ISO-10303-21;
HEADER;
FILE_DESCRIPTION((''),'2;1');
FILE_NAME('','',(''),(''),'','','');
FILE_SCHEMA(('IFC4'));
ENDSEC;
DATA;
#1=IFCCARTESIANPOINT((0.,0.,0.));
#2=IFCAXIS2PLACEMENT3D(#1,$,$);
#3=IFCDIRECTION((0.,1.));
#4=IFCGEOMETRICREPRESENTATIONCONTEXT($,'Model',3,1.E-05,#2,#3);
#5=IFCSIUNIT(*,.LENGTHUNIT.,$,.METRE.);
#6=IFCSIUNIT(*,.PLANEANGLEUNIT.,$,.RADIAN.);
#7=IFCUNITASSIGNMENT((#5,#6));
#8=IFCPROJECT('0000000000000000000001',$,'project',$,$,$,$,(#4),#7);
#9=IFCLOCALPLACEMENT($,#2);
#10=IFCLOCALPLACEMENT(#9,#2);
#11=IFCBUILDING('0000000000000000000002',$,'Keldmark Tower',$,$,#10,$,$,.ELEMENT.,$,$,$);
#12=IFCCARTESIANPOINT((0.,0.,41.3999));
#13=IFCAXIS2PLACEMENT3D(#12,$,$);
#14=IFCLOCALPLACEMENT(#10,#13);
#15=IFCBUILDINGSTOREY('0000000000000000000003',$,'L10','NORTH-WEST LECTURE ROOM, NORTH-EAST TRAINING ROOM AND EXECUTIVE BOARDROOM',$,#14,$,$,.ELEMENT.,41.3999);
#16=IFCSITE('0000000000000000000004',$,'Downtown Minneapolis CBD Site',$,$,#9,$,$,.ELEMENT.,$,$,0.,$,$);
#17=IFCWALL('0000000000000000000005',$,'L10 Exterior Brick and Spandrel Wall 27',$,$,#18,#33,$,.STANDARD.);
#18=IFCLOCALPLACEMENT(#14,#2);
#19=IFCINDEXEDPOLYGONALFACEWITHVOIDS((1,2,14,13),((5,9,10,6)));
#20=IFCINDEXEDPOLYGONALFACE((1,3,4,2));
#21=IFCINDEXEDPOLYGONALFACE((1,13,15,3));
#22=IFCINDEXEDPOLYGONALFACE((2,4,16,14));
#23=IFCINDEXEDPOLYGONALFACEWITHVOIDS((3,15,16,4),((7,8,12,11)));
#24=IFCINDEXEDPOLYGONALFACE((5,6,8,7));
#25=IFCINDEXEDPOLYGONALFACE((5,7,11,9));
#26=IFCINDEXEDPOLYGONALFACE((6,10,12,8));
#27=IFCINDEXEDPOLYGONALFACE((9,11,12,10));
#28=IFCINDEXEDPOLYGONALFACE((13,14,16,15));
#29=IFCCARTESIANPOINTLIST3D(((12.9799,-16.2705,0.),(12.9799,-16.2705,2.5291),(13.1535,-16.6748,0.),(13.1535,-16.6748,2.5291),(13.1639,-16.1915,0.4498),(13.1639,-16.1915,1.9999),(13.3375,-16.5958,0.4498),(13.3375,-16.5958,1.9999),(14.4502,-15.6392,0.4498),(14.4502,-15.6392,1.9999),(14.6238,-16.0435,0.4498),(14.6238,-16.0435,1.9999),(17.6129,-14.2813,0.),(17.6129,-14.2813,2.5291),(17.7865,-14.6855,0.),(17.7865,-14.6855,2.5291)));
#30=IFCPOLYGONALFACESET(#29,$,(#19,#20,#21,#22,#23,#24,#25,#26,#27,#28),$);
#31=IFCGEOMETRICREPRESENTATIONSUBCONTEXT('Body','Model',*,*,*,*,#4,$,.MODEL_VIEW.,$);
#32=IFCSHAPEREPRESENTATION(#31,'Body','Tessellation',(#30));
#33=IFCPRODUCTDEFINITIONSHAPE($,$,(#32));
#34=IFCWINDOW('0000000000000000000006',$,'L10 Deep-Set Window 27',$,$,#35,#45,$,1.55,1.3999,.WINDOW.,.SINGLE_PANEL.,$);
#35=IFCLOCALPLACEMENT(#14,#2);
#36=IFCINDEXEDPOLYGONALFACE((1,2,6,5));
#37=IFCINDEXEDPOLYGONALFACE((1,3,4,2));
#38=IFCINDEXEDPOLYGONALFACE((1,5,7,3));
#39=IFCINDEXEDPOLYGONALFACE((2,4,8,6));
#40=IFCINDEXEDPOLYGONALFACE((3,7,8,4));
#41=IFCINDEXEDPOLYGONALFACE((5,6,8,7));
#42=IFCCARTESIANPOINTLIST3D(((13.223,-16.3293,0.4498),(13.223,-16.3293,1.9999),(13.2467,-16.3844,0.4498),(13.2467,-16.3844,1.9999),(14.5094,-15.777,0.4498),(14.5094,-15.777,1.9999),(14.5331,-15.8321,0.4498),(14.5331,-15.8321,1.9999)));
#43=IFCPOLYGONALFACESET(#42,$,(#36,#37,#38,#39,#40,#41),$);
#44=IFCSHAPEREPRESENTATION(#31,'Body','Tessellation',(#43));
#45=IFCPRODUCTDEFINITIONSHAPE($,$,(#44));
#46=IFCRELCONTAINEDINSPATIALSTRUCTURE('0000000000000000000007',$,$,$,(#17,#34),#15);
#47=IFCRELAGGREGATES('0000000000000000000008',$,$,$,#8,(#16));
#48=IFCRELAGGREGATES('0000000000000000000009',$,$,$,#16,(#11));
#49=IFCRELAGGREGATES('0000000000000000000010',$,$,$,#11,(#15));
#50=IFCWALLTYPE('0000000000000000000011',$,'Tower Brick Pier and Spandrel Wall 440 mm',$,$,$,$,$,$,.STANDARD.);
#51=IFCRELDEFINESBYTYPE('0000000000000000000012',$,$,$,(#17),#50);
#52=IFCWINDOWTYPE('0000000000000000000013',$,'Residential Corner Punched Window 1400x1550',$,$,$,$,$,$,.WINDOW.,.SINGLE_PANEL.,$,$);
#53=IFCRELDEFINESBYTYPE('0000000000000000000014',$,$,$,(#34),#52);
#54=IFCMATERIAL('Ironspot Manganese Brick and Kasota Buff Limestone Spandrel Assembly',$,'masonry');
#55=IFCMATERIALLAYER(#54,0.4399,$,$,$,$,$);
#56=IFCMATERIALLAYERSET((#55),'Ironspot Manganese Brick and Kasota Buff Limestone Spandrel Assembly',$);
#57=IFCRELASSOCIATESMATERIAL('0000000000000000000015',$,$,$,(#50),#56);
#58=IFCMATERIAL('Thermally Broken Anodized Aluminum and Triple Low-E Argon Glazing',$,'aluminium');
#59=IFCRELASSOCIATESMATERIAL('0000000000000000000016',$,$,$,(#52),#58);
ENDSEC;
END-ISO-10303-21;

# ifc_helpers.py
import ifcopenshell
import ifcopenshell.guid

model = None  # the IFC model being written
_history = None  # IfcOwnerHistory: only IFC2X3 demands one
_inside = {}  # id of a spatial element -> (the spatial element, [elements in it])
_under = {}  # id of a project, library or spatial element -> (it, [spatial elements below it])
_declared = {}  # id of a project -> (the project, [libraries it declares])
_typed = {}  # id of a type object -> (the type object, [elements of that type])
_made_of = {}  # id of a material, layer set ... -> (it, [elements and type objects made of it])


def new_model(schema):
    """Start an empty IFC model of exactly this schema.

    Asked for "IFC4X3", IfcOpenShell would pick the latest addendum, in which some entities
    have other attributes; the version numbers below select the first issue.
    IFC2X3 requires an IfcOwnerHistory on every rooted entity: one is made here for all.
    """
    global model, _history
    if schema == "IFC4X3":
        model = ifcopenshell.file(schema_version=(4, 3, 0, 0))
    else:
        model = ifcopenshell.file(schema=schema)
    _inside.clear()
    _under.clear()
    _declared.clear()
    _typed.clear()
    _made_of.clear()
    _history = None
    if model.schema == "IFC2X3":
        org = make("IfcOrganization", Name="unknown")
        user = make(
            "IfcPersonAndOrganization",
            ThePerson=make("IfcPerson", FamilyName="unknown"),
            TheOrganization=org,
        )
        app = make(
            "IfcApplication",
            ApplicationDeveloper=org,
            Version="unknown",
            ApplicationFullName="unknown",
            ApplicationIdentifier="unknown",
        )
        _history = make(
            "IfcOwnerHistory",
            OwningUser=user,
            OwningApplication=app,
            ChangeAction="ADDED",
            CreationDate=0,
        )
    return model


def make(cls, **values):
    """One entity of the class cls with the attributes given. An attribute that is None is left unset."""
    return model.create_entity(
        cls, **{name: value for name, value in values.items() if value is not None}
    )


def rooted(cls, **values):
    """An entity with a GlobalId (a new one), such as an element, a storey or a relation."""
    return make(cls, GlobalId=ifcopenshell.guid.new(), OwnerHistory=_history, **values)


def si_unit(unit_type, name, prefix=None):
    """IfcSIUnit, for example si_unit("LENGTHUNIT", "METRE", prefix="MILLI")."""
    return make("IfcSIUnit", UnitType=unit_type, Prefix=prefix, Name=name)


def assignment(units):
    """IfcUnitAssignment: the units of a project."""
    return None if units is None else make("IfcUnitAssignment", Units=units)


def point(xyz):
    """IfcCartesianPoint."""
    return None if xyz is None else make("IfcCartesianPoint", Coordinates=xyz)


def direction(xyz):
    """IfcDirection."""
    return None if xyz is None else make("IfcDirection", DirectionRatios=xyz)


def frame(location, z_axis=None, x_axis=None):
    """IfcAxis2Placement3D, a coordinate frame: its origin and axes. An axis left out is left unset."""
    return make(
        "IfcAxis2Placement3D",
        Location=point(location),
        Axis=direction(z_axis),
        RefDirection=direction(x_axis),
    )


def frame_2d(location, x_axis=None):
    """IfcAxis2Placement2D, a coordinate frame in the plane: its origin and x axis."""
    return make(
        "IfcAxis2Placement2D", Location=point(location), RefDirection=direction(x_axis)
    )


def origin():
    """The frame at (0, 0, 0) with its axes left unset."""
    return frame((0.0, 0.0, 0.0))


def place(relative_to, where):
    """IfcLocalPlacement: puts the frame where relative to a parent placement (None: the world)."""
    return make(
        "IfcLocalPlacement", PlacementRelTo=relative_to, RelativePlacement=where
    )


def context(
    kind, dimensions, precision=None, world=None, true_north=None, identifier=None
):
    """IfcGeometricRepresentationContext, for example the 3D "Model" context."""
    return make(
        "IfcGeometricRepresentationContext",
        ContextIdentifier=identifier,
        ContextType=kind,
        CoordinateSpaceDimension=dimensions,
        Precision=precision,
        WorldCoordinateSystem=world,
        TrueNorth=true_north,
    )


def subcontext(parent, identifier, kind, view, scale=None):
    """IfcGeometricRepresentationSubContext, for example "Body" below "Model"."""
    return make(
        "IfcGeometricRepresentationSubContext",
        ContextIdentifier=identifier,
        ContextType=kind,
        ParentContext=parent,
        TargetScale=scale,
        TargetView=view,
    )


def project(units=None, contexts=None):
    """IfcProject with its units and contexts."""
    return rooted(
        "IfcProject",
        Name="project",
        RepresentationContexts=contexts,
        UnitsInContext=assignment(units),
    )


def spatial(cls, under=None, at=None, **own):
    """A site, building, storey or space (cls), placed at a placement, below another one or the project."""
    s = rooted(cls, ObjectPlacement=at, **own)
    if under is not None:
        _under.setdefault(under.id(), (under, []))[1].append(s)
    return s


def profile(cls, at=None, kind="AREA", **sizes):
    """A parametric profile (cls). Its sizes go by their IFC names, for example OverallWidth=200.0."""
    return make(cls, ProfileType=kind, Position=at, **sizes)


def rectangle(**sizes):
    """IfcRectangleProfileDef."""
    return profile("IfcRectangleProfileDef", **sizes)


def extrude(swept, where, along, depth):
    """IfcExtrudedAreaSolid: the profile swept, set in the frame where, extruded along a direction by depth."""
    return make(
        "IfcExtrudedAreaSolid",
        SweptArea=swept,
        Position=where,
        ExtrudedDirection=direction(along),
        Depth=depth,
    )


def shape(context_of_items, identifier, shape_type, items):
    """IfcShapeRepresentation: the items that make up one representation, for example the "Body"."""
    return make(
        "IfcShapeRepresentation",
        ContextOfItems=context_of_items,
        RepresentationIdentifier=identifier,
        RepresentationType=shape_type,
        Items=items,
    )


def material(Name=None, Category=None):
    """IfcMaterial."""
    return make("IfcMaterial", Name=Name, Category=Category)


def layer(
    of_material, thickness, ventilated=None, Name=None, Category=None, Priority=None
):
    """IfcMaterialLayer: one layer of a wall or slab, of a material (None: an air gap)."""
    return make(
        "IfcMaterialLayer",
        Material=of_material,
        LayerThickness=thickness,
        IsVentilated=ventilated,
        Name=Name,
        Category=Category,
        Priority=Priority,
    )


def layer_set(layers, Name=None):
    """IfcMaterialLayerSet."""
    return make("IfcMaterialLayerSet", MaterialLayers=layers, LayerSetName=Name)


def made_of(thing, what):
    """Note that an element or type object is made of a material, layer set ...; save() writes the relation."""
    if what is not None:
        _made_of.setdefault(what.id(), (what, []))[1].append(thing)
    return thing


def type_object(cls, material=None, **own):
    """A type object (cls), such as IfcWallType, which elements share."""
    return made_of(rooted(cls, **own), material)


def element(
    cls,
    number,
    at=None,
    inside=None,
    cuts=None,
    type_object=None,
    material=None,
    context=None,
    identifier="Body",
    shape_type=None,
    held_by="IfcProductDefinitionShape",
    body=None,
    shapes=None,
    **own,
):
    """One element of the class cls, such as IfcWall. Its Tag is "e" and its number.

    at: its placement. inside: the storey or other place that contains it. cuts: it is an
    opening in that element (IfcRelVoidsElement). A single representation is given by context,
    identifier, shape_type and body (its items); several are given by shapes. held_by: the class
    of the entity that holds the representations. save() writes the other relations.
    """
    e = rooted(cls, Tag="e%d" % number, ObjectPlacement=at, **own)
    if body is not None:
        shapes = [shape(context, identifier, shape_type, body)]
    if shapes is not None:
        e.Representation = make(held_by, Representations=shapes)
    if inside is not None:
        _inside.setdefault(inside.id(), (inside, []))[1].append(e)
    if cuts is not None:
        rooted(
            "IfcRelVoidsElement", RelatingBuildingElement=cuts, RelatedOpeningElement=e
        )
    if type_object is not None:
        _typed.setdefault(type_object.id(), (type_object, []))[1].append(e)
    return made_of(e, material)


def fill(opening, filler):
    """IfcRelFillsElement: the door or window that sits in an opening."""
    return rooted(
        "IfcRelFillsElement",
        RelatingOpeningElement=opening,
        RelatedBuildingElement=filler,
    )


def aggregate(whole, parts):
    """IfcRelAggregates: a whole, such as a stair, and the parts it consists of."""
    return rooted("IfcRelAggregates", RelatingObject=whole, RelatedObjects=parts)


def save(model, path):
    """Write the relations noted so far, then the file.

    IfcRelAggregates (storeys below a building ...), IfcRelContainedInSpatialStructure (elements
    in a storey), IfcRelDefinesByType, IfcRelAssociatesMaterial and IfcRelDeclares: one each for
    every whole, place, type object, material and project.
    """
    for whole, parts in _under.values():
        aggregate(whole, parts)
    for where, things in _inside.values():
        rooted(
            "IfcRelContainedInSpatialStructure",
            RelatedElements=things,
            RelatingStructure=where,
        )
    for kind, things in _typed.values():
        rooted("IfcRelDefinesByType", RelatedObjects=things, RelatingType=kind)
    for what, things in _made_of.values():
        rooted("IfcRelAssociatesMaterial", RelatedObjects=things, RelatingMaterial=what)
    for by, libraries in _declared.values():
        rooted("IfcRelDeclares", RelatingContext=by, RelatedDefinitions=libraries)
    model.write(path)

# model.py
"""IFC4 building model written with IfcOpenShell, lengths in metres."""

from ifc_helpers import new_model, si_unit, direction, frame, frame_2d, origin, place, context, subcontext, project, spatial, rectangle, extrude, material, layer, layer_set, type_object, element, fill, save


model = new_model("IFC4")

# Units and contexts
model_context = context("Model", 3, precision=1e-05, world=origin(), true_north=direction((0.0, 1.0)))
body_context = subcontext(model_context, "Body", "Model", "MODEL_VIEW")
ifc_project = project(units=[si_unit("LENGTHUNIT", "METRE"), si_unit("PLANEANGLEUNIT", "RADIAN")], contexts=[model_context])

# Site, building, storey
site_placement = place(None, origin())
site = spatial("IfcSite", under=ifc_project, at=site_placement, Name="Downtown Minneapolis CBD Site", CompositionType="ELEMENT", RefElevation=0.0)
building_placement = place(site_placement, origin())
building = spatial("IfcBuilding", under=site, at=building_placement, Name="Keldmark Tower", CompositionType="ELEMENT")
storey_placement = place(building_placement, frame((0.0, 0.0, 41.3999)))
storey = spatial("IfcBuildingStorey", under=building, at=storey_placement, Name="L10", Description="NORTH-WEST LECTURE ROOM, NORTH-EAST TRAINING ROOM AND EXECUTIVE BOARDROOM", CompositionType="ELEMENT", Elevation=41.3999)

# Wall, opening, window
ifc_material_1 = material(Name="Ironspot Manganese Brick and Kasota Buff Limestone Spandrel Assembly", Category="masonry")
ifc_layer_1 = layer(ifc_material_1, 0.4399)
ifc_layer_set_1 = layer_set([ifc_layer_1], Name="Ironspot Manganese Brick and Kasota Buff Limestone Spandrel Assembly")
wall_type_1 = type_object("IfcWallType", Name="Tower Brick Pier and Spandrel Wall 440 mm", PredefinedType="STANDARD", material=ifc_layer_set_1)
wall_1_placement = place(storey_placement, frame((17.6997, -14.4834, 0.0), z_axis=(0.0, 0.0, 1.0), x_axis=(-0.918882, -0.394533, 0.0)))
wall_1 = element("IfcWall", 1, at=wall_1_placement, inside=storey, type_object=wall_type_1, Name="L10 Exterior Brick and Spandrel Wall 27", PredefinedType="STANDARD", context=body_context, shape_type="SweptSolid", body=[
    extrude(rectangle(XDim=5.042, YDim=0.4399, at=frame_2d((2.521, 0.0))), origin(), (0.0, 0.0, 1.0), 2.5291),
])
opening_1_placement = place(wall_1_placement, frame((3.4419, 0.0, 0.45)))
opening_1 = element("IfcOpeningElement", 2, at=opening_1_placement, cuts=wall_1, PredefinedType="OPENING", context=body_context, shape_type="SweptSolid", body=[
    extrude(rectangle(XDim=1.3999, YDim=1.55, at=frame_2d((0.7, 0.7749))), frame((0.0, 0.23, 0.0), z_axis=(0.0, -1.0, 0.0), x_axis=(1.0, 0.0, 0.0)), (0.0, 0.0, 1.0), 0.46),
])
ifc_material_2 = material(Name="Thermally Broken Anodized Aluminum and Triple Low-E Argon Glazing", Category="aluminium")
window_type = type_object("IfcWindowType", Name="Residential Corner Punched Window 1400x1550", PartitioningType="SINGLE_PANEL", PredefinedType="WINDOW", material=ifc_material_2)
window_placement = place(opening_1_placement, origin())
window = element("IfcWindow", 3, at=window_placement, inside=storey, type_object=window_type, Name="L10 Deep-Set Window 27", OverallHeight=1.55, OverallWidth=1.3999, PartitioningType="SINGLE_PANEL", PredefinedType="WINDOW", context=body_context, shape_type="SweptSolid", body=[
    extrude(rectangle(XDim=1.3999, YDim=1.55, at=frame_2d((0.7, 0.7749))), frame((0.0, -0.01, 0.0), z_axis=(0.0, -1.0, 0.0), x_axis=(1.0, 0.0, 0.0)), (0.0, 0.0, 1.0), 0.0601),
])
fill(opening_1, window)

save(model, "model.ifc")
